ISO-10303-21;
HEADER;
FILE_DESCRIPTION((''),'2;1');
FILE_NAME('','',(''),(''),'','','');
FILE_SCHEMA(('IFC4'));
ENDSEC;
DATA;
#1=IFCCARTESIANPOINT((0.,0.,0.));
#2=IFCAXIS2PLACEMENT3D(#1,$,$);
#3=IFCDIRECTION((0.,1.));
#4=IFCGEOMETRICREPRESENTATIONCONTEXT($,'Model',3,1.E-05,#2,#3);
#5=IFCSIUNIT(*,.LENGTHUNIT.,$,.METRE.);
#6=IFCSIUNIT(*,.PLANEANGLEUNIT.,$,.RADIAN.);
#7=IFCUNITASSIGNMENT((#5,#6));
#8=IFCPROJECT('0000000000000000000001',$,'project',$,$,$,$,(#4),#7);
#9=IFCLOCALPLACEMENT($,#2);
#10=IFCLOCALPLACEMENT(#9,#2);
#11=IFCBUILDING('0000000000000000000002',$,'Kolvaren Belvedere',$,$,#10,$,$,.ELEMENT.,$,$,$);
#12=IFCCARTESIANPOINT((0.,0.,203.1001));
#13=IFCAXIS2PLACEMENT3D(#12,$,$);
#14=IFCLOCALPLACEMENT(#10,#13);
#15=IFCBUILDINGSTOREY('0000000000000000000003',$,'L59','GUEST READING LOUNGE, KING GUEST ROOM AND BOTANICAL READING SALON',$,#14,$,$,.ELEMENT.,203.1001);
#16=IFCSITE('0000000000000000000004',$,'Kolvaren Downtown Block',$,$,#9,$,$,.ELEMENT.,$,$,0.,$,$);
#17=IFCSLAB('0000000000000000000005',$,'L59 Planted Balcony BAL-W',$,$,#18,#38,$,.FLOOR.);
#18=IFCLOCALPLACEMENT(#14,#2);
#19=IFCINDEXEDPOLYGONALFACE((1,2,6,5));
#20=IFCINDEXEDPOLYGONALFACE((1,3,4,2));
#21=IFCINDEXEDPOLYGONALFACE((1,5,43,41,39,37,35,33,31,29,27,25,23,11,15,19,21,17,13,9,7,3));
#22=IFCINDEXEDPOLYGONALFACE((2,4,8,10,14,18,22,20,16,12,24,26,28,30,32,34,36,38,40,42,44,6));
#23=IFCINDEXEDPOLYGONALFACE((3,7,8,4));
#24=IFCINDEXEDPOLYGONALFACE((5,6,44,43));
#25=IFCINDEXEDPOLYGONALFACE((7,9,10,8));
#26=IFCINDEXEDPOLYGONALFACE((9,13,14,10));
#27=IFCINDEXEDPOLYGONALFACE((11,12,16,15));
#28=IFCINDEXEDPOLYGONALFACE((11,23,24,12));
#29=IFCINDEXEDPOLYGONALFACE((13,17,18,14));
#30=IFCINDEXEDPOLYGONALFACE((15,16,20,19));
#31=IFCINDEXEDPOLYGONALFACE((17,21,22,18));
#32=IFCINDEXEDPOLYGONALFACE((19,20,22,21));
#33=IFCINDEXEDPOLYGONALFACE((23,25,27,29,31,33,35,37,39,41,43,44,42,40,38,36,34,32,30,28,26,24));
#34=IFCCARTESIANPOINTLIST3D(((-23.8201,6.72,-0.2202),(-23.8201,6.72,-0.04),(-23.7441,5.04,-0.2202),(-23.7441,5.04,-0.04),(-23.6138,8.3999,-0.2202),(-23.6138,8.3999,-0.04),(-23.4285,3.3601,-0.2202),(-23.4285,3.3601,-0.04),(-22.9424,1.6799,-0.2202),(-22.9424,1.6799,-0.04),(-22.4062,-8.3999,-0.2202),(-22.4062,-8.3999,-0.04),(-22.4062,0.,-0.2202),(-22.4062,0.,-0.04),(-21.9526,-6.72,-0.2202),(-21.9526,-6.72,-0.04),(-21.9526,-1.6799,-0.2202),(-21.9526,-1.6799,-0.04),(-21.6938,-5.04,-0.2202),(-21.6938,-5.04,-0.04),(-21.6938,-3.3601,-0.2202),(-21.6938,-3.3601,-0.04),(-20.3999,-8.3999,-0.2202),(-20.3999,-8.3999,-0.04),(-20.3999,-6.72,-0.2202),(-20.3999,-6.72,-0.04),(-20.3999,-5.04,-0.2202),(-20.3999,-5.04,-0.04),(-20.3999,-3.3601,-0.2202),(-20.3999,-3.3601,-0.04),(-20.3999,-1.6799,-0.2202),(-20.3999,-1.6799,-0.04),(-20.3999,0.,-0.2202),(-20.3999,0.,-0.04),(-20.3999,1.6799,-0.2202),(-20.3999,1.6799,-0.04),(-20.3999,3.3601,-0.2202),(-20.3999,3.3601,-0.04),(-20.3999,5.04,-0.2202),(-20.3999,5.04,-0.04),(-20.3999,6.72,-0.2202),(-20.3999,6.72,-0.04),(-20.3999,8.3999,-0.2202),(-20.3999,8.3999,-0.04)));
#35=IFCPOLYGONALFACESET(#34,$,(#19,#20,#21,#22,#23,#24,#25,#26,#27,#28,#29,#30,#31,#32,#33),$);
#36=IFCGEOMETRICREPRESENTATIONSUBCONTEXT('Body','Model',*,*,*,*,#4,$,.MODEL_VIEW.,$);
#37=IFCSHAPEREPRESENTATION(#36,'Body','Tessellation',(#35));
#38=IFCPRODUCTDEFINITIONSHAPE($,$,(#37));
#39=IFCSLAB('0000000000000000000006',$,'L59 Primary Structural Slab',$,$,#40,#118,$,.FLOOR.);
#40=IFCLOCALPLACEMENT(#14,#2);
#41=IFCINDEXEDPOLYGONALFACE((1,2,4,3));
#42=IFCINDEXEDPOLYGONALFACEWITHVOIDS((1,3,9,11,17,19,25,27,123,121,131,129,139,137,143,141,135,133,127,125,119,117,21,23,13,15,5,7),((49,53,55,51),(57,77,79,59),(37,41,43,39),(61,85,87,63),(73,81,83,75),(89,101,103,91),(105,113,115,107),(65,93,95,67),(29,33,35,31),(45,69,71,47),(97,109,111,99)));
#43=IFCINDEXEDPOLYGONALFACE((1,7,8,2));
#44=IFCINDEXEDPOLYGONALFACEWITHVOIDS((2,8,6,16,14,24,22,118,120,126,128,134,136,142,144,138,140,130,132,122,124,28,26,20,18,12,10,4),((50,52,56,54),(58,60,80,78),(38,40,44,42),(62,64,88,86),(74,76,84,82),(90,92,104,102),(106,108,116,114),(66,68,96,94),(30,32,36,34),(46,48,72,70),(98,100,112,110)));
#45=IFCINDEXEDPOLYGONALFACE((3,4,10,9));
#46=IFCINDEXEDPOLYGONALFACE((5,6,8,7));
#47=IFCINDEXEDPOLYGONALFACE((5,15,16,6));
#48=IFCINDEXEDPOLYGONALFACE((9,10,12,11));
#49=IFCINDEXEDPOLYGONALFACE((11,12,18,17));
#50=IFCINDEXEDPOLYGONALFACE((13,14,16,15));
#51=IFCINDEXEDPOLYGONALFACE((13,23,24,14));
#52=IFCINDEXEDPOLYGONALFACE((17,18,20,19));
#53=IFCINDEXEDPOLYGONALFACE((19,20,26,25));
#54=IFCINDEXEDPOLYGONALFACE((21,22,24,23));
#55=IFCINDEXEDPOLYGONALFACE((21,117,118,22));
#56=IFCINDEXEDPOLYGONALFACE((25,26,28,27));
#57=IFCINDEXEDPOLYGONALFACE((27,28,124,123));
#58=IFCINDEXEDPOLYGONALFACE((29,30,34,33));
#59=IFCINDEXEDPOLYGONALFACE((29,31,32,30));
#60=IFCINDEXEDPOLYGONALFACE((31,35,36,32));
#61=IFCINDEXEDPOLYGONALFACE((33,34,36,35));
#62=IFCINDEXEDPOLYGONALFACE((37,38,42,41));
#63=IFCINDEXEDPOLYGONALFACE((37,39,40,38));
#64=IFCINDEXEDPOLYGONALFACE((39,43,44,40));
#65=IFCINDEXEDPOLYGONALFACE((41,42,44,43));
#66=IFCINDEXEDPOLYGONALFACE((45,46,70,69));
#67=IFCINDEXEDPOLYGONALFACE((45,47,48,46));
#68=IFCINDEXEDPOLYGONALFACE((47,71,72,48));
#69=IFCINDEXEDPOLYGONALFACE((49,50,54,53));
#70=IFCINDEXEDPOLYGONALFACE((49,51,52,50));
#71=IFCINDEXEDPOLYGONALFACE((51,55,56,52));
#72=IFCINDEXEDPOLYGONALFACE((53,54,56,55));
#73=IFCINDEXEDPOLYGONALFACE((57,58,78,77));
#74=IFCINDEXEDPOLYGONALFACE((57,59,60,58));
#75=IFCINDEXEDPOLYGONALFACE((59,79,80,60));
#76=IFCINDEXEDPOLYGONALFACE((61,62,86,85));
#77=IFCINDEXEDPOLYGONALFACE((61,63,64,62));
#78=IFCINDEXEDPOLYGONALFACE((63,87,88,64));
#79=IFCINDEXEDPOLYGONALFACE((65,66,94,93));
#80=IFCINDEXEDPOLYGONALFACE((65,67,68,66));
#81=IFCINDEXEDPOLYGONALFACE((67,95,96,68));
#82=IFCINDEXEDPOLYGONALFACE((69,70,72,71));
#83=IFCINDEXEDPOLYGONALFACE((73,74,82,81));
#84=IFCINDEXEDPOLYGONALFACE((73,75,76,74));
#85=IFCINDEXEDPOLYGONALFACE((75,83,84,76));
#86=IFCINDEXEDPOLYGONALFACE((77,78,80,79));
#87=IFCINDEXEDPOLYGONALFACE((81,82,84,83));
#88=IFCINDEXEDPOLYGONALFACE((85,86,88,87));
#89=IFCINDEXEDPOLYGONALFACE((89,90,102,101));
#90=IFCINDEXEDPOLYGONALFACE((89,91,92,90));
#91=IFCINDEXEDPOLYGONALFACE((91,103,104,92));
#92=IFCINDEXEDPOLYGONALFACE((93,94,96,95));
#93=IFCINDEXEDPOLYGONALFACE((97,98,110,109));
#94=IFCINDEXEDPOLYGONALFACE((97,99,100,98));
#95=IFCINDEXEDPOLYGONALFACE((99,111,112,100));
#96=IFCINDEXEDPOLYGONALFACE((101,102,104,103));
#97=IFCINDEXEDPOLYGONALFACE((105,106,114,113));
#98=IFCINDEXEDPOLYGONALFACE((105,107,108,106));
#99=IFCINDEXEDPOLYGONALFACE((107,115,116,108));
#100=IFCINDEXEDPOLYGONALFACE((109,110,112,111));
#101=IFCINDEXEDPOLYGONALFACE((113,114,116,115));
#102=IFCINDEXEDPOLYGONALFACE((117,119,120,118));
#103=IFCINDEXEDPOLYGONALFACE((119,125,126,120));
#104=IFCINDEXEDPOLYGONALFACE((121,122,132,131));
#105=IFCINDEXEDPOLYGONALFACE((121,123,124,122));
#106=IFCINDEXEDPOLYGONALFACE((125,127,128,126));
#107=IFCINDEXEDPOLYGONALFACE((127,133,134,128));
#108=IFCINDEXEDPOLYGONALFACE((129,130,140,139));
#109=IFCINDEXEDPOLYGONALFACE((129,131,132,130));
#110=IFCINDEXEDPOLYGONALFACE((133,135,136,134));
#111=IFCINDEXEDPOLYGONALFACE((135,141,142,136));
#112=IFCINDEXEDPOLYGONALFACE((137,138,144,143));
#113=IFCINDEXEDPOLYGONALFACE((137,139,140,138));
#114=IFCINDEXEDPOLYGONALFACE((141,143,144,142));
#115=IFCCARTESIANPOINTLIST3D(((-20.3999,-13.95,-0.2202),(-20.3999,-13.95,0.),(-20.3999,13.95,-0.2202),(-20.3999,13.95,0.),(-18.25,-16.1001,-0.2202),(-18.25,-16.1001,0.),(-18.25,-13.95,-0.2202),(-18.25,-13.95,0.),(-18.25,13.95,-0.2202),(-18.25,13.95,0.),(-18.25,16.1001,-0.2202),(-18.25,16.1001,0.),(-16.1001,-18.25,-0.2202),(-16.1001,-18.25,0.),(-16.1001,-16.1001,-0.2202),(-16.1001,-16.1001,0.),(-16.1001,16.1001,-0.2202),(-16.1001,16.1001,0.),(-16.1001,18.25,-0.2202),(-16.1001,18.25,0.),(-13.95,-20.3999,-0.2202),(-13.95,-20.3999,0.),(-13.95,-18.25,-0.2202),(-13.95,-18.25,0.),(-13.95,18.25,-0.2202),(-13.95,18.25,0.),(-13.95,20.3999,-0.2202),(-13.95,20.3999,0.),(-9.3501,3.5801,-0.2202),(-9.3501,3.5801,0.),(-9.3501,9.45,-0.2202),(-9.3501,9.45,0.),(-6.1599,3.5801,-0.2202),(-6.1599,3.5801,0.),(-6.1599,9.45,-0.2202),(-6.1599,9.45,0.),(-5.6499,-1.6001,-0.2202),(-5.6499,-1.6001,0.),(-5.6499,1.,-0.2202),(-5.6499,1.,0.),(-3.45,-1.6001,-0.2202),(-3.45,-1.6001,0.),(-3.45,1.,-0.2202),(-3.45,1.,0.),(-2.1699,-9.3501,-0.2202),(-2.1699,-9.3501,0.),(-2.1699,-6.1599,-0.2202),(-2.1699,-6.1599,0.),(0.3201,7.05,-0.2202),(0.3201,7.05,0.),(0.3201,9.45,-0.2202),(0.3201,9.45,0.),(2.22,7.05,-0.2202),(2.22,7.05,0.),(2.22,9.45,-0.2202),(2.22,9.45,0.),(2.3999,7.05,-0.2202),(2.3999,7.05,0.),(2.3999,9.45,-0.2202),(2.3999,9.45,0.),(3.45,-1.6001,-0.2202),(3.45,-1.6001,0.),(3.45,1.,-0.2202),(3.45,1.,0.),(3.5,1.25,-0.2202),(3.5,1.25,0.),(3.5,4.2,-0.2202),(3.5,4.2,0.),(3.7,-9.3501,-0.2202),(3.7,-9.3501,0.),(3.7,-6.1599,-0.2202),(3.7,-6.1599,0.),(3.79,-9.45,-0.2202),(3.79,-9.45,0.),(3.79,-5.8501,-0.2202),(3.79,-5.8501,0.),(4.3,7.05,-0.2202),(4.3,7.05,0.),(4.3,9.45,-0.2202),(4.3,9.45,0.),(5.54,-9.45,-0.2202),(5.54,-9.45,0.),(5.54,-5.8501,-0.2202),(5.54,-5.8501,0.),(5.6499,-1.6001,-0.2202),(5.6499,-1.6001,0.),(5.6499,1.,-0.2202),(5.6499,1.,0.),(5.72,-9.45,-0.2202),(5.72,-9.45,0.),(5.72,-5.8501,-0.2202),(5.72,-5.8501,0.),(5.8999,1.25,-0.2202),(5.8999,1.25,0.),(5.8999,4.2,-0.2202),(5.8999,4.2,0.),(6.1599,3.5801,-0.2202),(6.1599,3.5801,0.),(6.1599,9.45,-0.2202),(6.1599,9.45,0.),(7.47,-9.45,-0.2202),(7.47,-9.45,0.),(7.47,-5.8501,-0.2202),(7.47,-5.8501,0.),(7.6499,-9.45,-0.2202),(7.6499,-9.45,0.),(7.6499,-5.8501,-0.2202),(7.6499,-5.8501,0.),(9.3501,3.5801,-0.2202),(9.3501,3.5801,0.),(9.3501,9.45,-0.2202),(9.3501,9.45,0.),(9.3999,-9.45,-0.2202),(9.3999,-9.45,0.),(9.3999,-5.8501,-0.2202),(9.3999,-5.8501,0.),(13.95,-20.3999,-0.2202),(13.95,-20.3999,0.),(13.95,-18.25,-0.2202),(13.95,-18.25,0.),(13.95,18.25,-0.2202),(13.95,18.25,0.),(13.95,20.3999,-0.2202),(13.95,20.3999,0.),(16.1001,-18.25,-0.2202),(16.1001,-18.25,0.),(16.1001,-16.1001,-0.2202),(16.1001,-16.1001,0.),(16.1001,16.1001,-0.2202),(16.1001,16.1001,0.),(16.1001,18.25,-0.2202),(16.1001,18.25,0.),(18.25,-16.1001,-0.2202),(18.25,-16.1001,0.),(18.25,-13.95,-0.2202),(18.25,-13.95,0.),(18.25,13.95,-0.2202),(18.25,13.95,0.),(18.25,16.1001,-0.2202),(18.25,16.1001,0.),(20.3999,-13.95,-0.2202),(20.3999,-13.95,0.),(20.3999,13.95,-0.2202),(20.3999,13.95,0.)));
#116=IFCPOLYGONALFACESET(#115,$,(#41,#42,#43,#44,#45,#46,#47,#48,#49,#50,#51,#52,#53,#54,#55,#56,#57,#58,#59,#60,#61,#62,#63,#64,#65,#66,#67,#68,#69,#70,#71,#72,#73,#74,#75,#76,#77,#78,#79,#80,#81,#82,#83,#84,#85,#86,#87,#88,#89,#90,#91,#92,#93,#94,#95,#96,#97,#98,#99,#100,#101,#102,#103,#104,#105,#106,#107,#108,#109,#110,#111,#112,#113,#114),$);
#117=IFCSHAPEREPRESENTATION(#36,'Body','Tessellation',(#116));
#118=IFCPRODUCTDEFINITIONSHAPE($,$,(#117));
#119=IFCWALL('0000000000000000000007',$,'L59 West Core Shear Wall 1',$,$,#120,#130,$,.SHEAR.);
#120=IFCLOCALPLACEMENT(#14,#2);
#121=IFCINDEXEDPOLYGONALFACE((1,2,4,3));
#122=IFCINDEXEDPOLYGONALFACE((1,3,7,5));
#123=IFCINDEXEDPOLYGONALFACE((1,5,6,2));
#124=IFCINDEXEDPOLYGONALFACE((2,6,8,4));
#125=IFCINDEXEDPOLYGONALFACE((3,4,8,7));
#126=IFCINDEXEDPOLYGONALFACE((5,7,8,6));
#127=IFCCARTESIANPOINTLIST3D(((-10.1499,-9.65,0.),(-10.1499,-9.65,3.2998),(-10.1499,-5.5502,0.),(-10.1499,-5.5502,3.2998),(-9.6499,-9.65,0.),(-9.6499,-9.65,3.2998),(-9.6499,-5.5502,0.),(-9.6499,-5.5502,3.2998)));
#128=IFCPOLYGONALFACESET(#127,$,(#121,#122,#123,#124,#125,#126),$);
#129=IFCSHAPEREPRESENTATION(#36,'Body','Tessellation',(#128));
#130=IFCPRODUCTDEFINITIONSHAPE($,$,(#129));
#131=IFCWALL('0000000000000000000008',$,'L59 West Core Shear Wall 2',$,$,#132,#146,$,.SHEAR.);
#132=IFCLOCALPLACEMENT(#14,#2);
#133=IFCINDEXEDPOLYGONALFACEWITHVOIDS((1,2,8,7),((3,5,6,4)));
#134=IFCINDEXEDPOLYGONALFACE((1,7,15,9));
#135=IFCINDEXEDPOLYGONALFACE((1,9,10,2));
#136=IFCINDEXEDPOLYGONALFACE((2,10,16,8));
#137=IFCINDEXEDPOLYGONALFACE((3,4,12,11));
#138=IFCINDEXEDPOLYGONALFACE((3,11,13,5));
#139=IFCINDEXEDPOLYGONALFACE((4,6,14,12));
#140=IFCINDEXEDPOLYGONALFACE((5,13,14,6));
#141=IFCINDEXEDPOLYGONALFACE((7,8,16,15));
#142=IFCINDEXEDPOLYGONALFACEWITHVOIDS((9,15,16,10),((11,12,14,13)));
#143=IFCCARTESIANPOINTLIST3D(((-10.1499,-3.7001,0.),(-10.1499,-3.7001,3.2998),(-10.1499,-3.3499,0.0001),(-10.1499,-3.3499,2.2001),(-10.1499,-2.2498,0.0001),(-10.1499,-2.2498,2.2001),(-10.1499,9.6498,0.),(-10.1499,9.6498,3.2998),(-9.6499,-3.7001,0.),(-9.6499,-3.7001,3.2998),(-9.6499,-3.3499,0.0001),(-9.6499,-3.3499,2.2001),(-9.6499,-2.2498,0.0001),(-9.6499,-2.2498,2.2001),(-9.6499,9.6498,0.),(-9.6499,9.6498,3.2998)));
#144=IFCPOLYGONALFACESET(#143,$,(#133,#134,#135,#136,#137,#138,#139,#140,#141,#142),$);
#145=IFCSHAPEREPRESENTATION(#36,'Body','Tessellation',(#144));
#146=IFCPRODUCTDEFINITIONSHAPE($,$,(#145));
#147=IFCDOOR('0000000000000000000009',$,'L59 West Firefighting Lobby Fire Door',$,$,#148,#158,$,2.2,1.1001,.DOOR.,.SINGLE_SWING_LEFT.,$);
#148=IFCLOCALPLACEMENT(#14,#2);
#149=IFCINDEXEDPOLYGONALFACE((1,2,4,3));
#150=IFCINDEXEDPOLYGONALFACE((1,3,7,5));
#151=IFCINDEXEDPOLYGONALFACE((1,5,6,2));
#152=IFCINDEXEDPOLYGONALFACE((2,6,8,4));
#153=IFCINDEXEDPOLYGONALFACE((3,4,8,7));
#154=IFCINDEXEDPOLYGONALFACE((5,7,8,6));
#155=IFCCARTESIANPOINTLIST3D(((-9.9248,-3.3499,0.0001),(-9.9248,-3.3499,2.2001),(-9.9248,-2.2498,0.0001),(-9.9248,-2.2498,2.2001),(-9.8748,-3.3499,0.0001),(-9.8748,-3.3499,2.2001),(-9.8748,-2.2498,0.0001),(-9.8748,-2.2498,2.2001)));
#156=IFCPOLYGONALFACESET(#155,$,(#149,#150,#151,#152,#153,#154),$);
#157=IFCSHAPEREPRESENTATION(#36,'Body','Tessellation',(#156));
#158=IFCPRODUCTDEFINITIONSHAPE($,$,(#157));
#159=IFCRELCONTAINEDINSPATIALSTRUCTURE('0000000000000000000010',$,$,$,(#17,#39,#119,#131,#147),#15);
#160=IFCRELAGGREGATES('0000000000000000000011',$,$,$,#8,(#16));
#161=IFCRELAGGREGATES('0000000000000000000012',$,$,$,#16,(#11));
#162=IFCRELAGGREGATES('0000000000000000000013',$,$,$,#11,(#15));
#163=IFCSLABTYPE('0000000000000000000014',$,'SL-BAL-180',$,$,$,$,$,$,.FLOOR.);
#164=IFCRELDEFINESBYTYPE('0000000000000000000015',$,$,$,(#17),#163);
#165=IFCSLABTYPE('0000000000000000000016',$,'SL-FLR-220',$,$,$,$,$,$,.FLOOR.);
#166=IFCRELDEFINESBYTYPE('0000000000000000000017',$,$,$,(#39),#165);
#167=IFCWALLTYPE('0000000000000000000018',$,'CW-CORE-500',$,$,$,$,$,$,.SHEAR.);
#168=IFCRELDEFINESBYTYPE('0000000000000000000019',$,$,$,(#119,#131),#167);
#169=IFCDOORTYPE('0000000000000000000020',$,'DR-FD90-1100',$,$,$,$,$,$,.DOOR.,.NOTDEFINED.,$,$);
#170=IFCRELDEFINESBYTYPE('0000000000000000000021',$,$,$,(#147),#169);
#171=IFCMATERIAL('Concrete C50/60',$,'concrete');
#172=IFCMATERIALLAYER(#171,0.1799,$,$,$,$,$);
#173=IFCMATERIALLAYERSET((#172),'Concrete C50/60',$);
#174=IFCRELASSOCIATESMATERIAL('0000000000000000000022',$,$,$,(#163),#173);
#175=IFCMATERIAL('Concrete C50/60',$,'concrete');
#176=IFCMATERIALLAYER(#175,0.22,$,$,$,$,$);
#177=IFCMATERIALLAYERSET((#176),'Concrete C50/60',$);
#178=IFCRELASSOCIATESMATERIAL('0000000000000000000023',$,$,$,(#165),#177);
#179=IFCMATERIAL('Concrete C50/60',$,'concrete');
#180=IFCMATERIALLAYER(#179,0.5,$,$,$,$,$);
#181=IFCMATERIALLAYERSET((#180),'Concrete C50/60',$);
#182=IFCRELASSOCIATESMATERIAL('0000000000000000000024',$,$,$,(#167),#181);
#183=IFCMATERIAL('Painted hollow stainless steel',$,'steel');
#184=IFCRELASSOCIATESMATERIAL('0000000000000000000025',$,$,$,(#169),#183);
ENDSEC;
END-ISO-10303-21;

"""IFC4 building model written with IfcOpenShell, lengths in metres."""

from ifc_helpers import new_model, si_unit, direction, frame, frame_2d, origin, place, context, subcontext, project, spatial, polyline, rectangle, outline, extrude, material, layer, layer_set, type_object, element, fill, save


model = new_model("IFC4")

# Units and contexts
model_context = context("Model", 3, precision=1e-05, world=origin(), true_north=direction((0.0, 1.0)))
body_context = subcontext(model_context, "Body", "Model", "MODEL_VIEW")
ifc_project = project(units=[si_unit("LENGTHUNIT", "METRE"), si_unit("PLANEANGLEUNIT", "RADIAN")], contexts=[model_context])

# Site, building, storey
site_placement = place(None, origin())
site = spatial("IfcSite", under=ifc_project, at=site_placement, Name="Kolvaren Downtown Block", CompositionType="ELEMENT", RefElevation=0.0)
building_placement = place(site_placement, origin())
building = spatial("IfcBuilding", under=site, at=building_placement, Name="Kolvaren Belvedere", CompositionType="ELEMENT")
storey_placement = place(building_placement, frame((0.0, 0.0, 203.1001)))
storey = spatial("IfcBuildingStorey", under=building, at=storey_placement, Name="L59", Description="GUEST READING LOUNGE, KING GUEST ROOM AND BOTANICAL READING SALON", CompositionType="ELEMENT", Elevation=203.1001)

# Slabs
ifc_material_1 = material(Name="Concrete C50/60", Category="concrete")
ifc_layer_1 = layer(ifc_material_1, 0.1799)
ifc_layer_set_1 = layer_set([ifc_layer_1], Name="Concrete C50/60")
slab_type_1 = type_object("IfcSlabType", Name="SL-BAL-180", PredefinedType="FLOOR", material=ifc_layer_set_1)
slab_1_placement = place(storey_placement, frame((0.0, 0.0, -0.2202)))
element("IfcSlab", 1, at=slab_1_placement, inside=storey, type_object=slab_type_1, Name="L59 Planted Balcony BAL-W", PredefinedType="FLOOR", context=body_context, shape_type="SweptSolid", body=[
    extrude(outline(polyline([(-23.6138, 8.3999), (-23.8201, 6.72), (-23.7441, 5.04), (-23.4285, 3.3601), (-22.9424, 1.6799), (-22.4062, 0.0), (-21.9526, -1.6799), (-21.6938, -3.3601), (-21.6938, -5.04), (-21.9526, -6.72), (-22.4062, -8.3999), (-20.3999, -8.3999), (-20.3999, -6.72), (-20.3999, -5.04), (-20.3999, -3.3601), (-20.3999, -1.6799), (-20.3999, 0.0), (-20.3999, 1.6799), (-20.3999, 3.3601), (-20.3999, 5.04), (-20.3999, 6.72), (-20.3999, 8.3999), (-23.6138, 8.3999)])), origin(), (0.0, 0.0, 1.0), 0.1802),
])
ifc_material_2 = material(Name="Concrete C50/60", Category="concrete")
ifc_layer_2 = layer(ifc_material_2, 0.22)
ifc_layer_set_2 = layer_set([ifc_layer_2], Name="Concrete C50/60")
slab_type_2 = type_object("IfcSlabType", Name="SL-FLR-220", PredefinedType="FLOOR", material=ifc_layer_set_2)
slab_2_placement = place(storey_placement, frame((0.0, 0.0, -0.2202)))
element("IfcSlab", 2, at=slab_2_placement, inside=storey, type_object=slab_type_2, Name="L59 Primary Structural Slab", PredefinedType="FLOOR", context=body_context, shape_type="SweptSolid", body=[
    extrude(outline(polyline([(-13.95, -20.3999), (13.95, -20.3999), (13.95, -18.25), (16.1001, -18.25), (16.1001, -16.1001), (18.25, -16.1001), (18.25, -13.95), (20.3999, -13.95), (20.3999, 13.95), (18.25, 13.95), (18.25, 16.1001), (16.1001, 16.1001), (16.1001, 18.25), (13.95, 18.25), (13.95, 20.3999), (-13.95, 20.3999), (-13.95, 18.25), (-16.1001, 18.25), (-16.1001, 16.1001), (-18.25, 16.1001), (-18.25, 13.95), (-20.3999, 13.95), (-20.3999, -13.95), (-18.25, -13.95), (-18.25, -16.1001), (-16.1001, -16.1001), (-16.1001, -18.25), (-13.95, -18.25), (-13.95, -20.3999)]), holes=[polyline([(-9.3501, 3.5801), (-6.1599, 3.5801), (-6.1599, 9.45), (-9.3501, 9.45), (-9.3501, 3.5801)]), polyline([(6.1599, 3.5801), (9.3501, 3.5801), (9.3501, 9.45), (6.1599, 9.45), (6.1599, 3.5801)]), polyline([(-2.1699, -9.3501), (3.7, -9.3501), (3.7, -6.1599), (-2.1699, -6.1599), (-2.1699, -9.3501)]), polyline([(-5.6499, -1.6001), (-3.45, -1.6001), (-3.45, 1.0), (-5.6499, 1.0), (-5.6499, -1.6001)]), polyline([(3.5, 1.25), (5.8999, 1.25), (5.8999, 4.2), (3.5, 4.2), (3.5, 1.25)]), polyline([(3.45, -1.6001), (5.6499, -1.6001), (5.6499, 1.0), (3.45, 1.0), (3.45, -1.6001)]), polyline([(3.79, -9.45), (5.54, -9.45), (5.54, -5.8501), (3.79, -5.8501), (3.79, -9.45)]), polyline([(5.72, -9.45), (7.47, -9.45), (7.47, -5.8501), (5.72, -5.8501), (5.72, -9.45)]), polyline([(7.6499, -9.45), (9.3999, -9.45), (9.3999, -5.8501), (7.6499, -5.8501), (7.6499, -9.45)]), polyline([(0.3201, 7.05), (2.22, 7.05), (2.22, 9.45), (0.3201, 9.45), (0.3201, 7.05)]), polyline([(2.3999, 7.05), (4.3, 7.05), (4.3, 9.45), (2.3999, 9.45), (2.3999, 7.05)])]), origin(), (0.0, 0.0, 1.0), 0.2202),
])

# Wall
ifc_material_3 = material(Name="Concrete C50/60", Category="concrete")
ifc_layer_3 = layer(ifc_material_3, 0.5)
ifc_layer_set_3 = layer_set([ifc_layer_3], Name="Concrete C50/60")
wall_type_1 = type_object("IfcWallType", Name="CW-CORE-500", PredefinedType="SHEAR", material=ifc_layer_set_3)
wall_1_placement = place(storey_placement, frame((-9.8999, -9.6499, 0.0), z_axis=(0.0, 0.0, 1.0), x_axis=(0.0, 1.0, 0.0)))
element("IfcWall", 3, at=wall_1_placement, inside=storey, type_object=wall_type_1, Name="L59 West Core Shear Wall 1", PredefinedType="SHEAR", context=body_context, shape_type="SweptSolid", body=[
    extrude(rectangle(XDim=4.0999, YDim=0.5, at=frame_2d((2.0498, 0.0))), origin(), (0.0, 0.0, 1.0), 3.2998),
])

# Wall, opening, door
wall_2_placement = place(storey_placement, frame((-9.8999, -3.7, 0.0), z_axis=(0.0, 0.0, 1.0), x_axis=(0.0, 1.0, 0.0)))
wall_2 = element("IfcWall", 4, at=wall_2_placement, inside=storey, type_object=wall_type_1, Name="L59 West Core Shear Wall 2", PredefinedType="SHEAR", context=body_context, shape_type="SweptSolid", body=[
    extrude(rectangle(XDim=13.3499, YDim=0.5, at=frame_2d((6.6748, 0.0))), origin(), (0.0, 0.0, 1.0), 3.2998),
])
opening_1_placement = place(wall_2_placement, frame((0.3501, 0.0, 0.0)))
opening_1 = element("IfcOpeningElement", 5, at=opening_1_placement, cuts=wall_2, PredefinedType="OPENING", context=body_context, shape_type="SweptSolid", body=[
    extrude(rectangle(XDim=1.1001, YDim=2.2, at=frame_2d((0.55, 1.1001))), frame((0.0, 0.26, 0.0), z_axis=(0.0, -1.0, 0.0), x_axis=(1.0, 0.0, 0.0)), (0.0, 0.0, 1.0), 0.52),
])
ifc_material_4 = material(Name="Painted hollow stainless steel", Category="steel")
door_type_1 = type_object("IfcDoorType", Name="DR-FD90-1100", OperationType="NOTDEFINED", PredefinedType="DOOR", material=ifc_material_4)
door_1_placement = place(opening_1_placement, origin())
door_1 = element("IfcDoor", 6, at=door_1_placement, inside=storey, type_object=door_type_1, Name="L59 West Firefighting Lobby Fire Door", OperationType="SINGLE_SWING_LEFT", OverallHeight=2.2, OverallWidth=1.1001, PredefinedType="DOOR", context=body_context, shape_type="SweptSolid", body=[
    extrude(rectangle(XDim=1.1001, YDim=2.2, at=frame_2d((0.55, 1.1001))), frame((0.0, 0.0249, 0.0), z_axis=(0.0, -1.0, 0.0), x_axis=(1.0, 0.0, 0.0)), (0.0, 0.0, 1.0), 0.05),
])
fill(opening_1, door_1)

save(model, "model.ifc")
